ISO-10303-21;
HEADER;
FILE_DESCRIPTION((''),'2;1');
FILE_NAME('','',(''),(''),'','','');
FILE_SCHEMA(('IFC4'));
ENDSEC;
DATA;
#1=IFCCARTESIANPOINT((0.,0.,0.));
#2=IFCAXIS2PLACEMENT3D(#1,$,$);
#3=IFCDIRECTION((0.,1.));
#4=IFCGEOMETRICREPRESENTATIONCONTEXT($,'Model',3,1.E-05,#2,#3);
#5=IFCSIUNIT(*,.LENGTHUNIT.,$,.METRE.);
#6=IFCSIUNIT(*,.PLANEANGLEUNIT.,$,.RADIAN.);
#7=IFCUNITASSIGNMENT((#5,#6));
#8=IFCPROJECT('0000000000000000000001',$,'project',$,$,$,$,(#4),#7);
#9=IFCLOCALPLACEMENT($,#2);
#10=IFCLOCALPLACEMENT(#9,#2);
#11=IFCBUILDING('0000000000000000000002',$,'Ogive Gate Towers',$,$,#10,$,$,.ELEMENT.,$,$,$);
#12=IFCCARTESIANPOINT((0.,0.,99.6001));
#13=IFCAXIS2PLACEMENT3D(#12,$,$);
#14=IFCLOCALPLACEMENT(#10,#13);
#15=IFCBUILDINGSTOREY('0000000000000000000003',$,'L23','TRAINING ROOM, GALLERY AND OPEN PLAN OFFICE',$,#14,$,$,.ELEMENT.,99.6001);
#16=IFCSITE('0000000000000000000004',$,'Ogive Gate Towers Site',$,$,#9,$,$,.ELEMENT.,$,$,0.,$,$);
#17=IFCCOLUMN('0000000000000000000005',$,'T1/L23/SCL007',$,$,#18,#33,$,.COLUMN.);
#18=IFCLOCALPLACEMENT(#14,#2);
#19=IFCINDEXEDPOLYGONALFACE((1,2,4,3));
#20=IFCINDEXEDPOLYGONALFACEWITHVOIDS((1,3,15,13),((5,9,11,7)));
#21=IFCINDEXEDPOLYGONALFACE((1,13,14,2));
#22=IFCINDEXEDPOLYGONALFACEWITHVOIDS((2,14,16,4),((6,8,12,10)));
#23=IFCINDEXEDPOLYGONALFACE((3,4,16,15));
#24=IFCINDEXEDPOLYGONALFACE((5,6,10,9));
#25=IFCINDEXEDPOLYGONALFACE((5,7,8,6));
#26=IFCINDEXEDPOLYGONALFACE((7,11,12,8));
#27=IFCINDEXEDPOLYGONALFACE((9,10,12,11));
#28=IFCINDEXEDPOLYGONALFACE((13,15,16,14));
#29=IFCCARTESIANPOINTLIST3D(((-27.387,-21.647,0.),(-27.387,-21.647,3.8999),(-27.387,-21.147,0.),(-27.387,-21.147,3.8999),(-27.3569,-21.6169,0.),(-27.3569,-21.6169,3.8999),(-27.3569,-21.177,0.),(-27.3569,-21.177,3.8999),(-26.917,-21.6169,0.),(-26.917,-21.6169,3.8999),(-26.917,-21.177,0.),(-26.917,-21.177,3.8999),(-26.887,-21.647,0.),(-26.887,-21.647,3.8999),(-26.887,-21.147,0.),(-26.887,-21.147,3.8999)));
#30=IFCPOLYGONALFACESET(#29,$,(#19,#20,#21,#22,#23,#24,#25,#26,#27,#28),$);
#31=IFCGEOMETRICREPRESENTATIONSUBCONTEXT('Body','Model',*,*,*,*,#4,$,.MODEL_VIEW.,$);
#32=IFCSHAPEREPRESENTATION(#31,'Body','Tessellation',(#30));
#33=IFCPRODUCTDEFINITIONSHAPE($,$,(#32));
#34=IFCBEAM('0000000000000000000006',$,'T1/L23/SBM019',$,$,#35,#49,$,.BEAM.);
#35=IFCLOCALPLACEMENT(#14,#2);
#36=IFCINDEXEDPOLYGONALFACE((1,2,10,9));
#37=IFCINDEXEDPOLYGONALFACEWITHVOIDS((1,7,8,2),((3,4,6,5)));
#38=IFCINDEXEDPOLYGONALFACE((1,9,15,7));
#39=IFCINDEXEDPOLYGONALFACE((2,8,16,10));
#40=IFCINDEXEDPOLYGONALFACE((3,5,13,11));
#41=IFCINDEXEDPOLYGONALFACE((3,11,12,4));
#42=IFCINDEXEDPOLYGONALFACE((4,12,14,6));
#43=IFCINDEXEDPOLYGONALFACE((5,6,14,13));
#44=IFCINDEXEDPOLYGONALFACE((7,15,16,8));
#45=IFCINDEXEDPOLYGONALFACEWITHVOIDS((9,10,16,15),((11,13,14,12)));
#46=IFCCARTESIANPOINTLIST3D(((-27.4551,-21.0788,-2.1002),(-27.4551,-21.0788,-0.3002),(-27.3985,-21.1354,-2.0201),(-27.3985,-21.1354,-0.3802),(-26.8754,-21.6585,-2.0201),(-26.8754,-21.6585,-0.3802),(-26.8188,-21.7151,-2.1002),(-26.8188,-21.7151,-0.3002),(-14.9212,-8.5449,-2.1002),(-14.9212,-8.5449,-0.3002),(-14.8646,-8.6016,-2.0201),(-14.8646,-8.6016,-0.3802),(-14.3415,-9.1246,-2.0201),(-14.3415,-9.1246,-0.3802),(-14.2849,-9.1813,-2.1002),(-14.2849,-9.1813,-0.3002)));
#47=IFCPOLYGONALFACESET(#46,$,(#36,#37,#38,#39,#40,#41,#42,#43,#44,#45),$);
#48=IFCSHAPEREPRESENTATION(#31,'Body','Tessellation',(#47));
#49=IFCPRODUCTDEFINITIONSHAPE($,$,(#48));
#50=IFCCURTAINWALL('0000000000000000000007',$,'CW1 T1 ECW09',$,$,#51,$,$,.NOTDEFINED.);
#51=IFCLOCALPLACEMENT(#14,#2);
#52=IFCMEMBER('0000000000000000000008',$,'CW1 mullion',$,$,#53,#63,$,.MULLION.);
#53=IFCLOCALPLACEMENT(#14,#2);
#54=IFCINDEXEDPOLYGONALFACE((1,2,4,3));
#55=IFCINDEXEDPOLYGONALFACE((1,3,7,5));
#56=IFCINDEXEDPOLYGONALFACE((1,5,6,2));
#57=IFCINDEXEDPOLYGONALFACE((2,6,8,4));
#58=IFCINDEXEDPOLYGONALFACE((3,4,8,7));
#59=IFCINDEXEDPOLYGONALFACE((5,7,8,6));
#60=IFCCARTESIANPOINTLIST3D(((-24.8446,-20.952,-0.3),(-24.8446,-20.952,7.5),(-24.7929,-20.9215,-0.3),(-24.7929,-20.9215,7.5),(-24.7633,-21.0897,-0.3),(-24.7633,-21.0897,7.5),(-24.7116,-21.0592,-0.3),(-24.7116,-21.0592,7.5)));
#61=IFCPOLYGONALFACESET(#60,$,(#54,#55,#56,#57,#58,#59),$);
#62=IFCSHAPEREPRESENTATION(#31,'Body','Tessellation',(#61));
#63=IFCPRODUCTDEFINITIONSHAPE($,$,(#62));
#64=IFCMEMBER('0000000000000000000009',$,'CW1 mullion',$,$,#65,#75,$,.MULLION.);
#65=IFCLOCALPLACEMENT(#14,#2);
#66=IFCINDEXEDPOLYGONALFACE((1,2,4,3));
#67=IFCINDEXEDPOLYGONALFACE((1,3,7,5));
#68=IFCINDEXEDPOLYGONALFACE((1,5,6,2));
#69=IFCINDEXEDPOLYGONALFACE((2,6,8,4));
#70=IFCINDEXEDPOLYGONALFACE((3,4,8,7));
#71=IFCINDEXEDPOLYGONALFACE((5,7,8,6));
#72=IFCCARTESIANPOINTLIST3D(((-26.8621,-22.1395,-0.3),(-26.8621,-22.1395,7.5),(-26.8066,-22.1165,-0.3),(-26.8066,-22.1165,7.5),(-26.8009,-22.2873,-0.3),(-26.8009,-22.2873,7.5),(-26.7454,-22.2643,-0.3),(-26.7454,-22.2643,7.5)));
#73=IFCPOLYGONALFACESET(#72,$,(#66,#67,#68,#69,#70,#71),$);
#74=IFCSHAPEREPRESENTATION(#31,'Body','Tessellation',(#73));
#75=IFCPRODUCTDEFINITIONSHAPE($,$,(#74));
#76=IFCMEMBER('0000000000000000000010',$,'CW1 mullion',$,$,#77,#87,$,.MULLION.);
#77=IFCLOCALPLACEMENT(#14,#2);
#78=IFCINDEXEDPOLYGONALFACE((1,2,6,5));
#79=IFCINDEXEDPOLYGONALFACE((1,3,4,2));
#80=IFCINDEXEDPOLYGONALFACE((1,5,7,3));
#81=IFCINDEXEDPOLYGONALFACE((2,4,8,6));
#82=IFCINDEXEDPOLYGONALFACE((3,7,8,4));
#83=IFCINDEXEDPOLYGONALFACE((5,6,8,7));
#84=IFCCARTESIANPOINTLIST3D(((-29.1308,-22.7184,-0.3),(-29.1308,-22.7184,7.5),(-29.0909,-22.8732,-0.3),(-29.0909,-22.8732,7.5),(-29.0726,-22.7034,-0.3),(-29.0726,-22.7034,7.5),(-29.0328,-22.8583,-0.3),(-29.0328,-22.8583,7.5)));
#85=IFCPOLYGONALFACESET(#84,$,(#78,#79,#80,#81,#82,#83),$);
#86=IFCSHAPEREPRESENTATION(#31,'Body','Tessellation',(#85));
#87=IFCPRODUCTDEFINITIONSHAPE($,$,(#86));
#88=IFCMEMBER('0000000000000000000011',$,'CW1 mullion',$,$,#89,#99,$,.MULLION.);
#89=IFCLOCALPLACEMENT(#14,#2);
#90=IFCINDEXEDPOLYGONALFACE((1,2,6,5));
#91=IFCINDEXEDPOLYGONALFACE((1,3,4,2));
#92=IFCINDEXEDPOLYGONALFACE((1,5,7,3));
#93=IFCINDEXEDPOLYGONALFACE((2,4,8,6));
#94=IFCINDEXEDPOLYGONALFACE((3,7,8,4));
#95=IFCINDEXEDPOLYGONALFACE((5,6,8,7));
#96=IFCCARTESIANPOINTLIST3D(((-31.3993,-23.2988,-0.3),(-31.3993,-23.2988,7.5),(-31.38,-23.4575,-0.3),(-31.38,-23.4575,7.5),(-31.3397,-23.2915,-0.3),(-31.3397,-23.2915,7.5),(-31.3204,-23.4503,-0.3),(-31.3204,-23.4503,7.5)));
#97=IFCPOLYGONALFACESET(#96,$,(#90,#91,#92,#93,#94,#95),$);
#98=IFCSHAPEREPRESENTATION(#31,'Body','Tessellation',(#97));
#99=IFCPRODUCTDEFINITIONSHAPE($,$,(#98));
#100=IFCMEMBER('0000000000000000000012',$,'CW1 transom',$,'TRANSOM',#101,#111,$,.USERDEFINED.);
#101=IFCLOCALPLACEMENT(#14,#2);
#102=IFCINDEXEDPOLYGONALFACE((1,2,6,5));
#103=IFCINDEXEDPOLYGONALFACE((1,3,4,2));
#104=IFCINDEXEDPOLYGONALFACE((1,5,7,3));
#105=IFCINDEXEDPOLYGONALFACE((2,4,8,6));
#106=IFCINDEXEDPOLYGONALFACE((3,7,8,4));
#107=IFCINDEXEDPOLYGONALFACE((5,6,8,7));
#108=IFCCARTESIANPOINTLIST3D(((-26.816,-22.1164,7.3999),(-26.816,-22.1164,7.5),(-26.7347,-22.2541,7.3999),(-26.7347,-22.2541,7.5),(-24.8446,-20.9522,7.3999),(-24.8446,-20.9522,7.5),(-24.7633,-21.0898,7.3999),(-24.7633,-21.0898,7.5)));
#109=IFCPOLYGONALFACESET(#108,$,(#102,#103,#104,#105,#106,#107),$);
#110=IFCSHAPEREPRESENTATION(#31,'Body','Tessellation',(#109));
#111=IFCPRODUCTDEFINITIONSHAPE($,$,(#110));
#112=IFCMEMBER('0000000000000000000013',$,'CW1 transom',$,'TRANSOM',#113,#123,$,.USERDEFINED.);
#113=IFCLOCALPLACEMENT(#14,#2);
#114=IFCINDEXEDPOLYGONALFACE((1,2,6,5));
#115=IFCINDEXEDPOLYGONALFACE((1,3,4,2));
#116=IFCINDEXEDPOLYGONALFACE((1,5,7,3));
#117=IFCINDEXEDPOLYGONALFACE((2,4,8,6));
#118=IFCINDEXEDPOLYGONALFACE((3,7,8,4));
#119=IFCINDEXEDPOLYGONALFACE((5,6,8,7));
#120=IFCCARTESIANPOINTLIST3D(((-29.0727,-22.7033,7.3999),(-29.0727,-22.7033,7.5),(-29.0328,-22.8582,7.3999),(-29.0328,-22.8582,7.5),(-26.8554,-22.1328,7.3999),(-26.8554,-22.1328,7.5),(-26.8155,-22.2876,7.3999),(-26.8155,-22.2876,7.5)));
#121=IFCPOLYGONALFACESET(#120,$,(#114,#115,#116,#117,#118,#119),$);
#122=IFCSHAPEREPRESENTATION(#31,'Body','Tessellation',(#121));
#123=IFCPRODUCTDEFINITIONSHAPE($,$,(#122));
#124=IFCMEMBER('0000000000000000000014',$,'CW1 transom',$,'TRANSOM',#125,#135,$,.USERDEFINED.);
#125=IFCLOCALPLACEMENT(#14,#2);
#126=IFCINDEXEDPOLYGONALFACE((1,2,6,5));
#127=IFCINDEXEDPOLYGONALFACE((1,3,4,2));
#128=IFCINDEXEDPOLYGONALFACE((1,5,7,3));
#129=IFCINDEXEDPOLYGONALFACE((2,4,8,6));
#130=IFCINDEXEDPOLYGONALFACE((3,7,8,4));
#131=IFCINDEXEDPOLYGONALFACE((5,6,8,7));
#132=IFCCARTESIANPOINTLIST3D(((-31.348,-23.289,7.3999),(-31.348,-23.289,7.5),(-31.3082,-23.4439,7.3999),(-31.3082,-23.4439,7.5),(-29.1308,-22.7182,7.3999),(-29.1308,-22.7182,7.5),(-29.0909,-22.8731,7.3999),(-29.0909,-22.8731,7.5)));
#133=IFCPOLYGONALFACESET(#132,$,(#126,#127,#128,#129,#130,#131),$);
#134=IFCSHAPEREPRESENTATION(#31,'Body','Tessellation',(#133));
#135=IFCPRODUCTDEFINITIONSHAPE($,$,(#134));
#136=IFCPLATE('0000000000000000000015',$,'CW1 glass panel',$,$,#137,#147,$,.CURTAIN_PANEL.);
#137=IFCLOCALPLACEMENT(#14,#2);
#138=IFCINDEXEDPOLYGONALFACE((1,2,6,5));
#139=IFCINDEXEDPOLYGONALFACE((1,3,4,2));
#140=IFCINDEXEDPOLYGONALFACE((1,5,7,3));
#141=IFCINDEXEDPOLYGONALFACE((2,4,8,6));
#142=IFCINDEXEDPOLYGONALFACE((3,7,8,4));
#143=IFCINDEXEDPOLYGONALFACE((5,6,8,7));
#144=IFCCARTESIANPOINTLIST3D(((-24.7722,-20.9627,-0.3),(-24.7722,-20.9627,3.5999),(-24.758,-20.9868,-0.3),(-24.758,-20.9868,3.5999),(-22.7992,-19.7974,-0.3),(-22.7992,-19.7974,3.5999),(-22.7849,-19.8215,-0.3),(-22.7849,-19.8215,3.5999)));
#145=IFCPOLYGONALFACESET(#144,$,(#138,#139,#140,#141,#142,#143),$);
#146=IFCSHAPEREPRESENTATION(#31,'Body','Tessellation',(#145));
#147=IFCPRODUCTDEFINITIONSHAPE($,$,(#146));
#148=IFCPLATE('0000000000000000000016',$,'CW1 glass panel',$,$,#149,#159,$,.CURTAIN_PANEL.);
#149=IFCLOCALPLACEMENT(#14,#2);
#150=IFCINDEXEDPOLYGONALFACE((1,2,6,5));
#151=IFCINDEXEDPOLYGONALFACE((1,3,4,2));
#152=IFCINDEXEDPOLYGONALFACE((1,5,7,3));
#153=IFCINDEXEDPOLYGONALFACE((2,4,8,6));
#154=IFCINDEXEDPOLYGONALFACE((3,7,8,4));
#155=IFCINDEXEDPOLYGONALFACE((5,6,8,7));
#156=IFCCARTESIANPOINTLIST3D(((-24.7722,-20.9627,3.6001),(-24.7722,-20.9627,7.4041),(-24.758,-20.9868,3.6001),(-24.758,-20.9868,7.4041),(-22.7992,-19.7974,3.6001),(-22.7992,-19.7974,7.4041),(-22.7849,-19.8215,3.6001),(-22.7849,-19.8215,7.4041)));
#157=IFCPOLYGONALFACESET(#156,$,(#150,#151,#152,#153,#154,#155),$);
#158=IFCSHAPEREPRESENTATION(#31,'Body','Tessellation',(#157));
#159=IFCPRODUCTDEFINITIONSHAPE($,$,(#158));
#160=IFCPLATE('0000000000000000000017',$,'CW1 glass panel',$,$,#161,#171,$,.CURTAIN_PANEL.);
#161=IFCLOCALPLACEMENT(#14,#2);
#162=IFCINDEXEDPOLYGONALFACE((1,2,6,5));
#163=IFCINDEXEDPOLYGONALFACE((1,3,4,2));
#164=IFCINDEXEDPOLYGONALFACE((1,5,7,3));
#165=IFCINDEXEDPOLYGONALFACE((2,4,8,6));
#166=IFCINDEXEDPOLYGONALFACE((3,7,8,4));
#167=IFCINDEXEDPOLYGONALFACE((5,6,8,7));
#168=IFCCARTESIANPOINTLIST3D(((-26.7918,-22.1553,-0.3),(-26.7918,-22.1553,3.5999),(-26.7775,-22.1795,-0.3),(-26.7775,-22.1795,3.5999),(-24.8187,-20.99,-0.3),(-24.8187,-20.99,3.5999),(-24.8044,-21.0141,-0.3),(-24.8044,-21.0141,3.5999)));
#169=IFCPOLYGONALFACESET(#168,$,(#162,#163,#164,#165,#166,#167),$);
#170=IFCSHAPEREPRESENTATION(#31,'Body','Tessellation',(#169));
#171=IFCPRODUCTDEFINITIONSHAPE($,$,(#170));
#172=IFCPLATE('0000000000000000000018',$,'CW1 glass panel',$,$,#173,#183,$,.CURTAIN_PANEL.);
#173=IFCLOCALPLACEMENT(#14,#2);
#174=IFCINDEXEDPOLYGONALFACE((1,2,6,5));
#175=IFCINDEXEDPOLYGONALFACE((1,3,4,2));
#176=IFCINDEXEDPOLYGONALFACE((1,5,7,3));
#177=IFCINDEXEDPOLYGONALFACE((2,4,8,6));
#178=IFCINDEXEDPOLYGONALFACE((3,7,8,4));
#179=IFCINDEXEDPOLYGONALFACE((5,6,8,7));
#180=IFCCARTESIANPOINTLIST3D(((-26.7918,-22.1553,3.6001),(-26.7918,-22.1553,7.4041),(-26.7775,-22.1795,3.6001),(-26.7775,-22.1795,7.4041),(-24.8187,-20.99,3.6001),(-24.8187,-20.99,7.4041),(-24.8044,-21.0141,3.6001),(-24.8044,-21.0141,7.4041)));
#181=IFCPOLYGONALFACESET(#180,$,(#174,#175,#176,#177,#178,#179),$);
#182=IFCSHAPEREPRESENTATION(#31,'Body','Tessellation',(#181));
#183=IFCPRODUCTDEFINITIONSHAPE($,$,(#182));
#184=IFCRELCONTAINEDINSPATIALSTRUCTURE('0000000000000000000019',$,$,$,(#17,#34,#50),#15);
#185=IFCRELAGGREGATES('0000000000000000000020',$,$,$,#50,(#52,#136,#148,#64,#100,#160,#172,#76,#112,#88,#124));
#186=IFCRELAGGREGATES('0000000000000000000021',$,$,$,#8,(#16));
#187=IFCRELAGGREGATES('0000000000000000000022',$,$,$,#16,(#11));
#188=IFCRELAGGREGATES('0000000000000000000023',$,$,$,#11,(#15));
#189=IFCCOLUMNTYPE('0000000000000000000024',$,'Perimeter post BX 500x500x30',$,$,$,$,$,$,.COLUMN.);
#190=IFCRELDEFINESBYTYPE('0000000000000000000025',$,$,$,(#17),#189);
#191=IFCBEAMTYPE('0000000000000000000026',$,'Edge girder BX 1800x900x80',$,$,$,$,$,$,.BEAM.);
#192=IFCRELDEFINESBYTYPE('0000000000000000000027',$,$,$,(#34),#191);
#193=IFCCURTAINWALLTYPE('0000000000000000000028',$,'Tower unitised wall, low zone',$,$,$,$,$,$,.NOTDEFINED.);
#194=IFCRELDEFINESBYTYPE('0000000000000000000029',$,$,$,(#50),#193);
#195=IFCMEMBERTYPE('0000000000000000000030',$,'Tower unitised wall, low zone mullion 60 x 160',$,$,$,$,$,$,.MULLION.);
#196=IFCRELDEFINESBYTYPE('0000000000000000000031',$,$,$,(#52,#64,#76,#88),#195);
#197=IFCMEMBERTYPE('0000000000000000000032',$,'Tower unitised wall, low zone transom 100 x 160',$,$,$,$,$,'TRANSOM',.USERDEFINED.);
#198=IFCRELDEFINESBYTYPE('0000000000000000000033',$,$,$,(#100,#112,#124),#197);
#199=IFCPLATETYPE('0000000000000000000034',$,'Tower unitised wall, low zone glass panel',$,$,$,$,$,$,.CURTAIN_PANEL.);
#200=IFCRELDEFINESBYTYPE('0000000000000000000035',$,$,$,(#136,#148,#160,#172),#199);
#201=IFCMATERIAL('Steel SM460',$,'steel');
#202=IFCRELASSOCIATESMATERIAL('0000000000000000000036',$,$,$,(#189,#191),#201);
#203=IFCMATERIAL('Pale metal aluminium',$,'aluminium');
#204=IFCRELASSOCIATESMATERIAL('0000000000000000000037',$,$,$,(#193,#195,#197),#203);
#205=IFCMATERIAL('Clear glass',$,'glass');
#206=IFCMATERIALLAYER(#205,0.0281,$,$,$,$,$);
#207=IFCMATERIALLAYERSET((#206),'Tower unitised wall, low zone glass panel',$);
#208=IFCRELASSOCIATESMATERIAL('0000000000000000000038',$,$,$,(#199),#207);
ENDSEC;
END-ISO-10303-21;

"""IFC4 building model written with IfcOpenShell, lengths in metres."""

from ifc_helpers import new_model, si_unit, direction, frame, origin, origin_2d, place, context, subcontext, project, spatial, rectangle, hollow_rectangle, extrude, material, layer, layer_set, material_profile, profile_set, type_object, element, aggregate, save


model = new_model("IFC4")

# Units and contexts
model_context = context("Model", 3, precision=1e-05, world=origin(), true_north=direction((0.0, 1.0)))
body_context = subcontext(model_context, "Body", "Model", "MODEL_VIEW")
ifc_project = project(units=[si_unit("LENGTHUNIT", "METRE"), si_unit("PLANEANGLEUNIT", "RADIAN")], contexts=[model_context])

# Site, building, storey
site_placement = place(None, origin())
site = spatial("IfcSite", under=ifc_project, at=site_placement, Name="Ogive Gate Towers Site", CompositionType="ELEMENT", RefElevation=0.0)
building_placement = place(site_placement, origin())
building = spatial("IfcBuilding", under=site, at=building_placement, Name="Ogive Gate Towers", CompositionType="ELEMENT")
storey_placement = place(building_placement, frame((0.0, 0.0, 99.6001)))
storey = spatial("IfcBuildingStorey", under=building, at=storey_placement, Name="L23", Description="TRAINING ROOM, GALLERY AND OPEN PLAN OFFICE", CompositionType="ELEMENT", Elevation=99.6001)

# Column
ifc_material_1 = material(Name="Steel SM460", Category="steel")
ifc_material_profile_1 = material_profile(ifc_material_1, hollow_rectangle(XDim=0.5, YDim=0.5, WallThickness=0.03, at=origin_2d()), Name="BX 500x500x30")
ifc_profile_set_1 = profile_set([ifc_material_profile_1], Name="Steel SM460")
column_type = type_object("IfcColumnType", Name="Perimeter post BX 500x500x30", PredefinedType="COLUMN", material=ifc_profile_set_1)
column_placement = place(storey_placement, frame((-27.137, -21.397, 0.0), z_axis=(0.0, 0.0, 1.0), x_axis=(1.0, 0.0, 0.0)))
element("IfcColumn", 1, at=column_placement, inside=storey, type_object=column_type, Name="T1/L23/SCL007", PredefinedType="COLUMN", context=body_context, shape_type="SweptSolid", body=[
    extrude(hollow_rectangle(XDim=0.5, YDim=0.5, WallThickness=0.03, at=origin_2d()), origin(), (0.0, 0.0, 1.0), 3.8999),
])

# Beam
ifc_material_profile_2 = material_profile(ifc_material_1, hollow_rectangle(XDim=0.8999, YDim=1.8, WallThickness=0.0801, at=origin_2d()), Name="BX 1800x900x80")
ifc_profile_set_2 = profile_set([ifc_material_profile_2], Name="Steel SM460")
beam_type = type_object("IfcBeamType", Name="Edge girder BX 1800x900x80", PredefinedType="BEAM", material=ifc_profile_set_2)
beam_placement = place(storey_placement, frame((-27.137, -21.397, -1.2002), z_axis=(0.707107, 0.707107, 0.0), x_axis=(-0.707107, 0.707107, 0.0)))
element("IfcBeam", 2, at=beam_placement, inside=storey, type_object=beam_type, Name="T1/L23/SBM019", PredefinedType="BEAM", context=body_context, shape_type="SweptSolid", body=[
    extrude(hollow_rectangle(XDim=0.8999, YDim=1.8, WallThickness=0.0801, at=origin_2d()), origin(), (0.0, 0.0, 1.0), 17.7256),
])

# Curtain wall, members, plates
ifc_material_2 = material(Name="Pale metal aluminium", Category="aluminium")
curtain_wall_type = type_object("IfcCurtainWallType", Name="Tower unitised wall, low zone", PredefinedType="NOTDEFINED", material=ifc_material_2)
curtain_wall_placement = place(storey_placement, origin())
curtain_wall = element("IfcCurtainWall", 3, at=curtain_wall_placement, inside=storey, type_object=curtain_wall_type, Name="CW1 T1 ECW09", PredefinedType="NOTDEFINED")
ifc_material_profile_3 = material_profile(ifc_material_2, rectangle(XDim=0.1599, YDim=0.0601, at=origin_2d()), Name="60 x 160 aluminium box")
ifc_profile_set_3 = profile_set([ifc_material_profile_3], Name="Pale metal aluminium")
member_type_1 = type_object("IfcMemberType", Name="Tower unitised wall, low zone mullion 60 x 160", PredefinedType="MULLION", material=ifc_profile_set_3)
member_1_placement = place(storey_placement, frame((-24.7781, -21.0056, -0.3), z_axis=(0.0, 0.0, 1.0), x_axis=(-0.508546, 0.861035, 0.0)))
member_1 = element("IfcMember", 4, at=member_1_placement, type_object=member_type_1, Name="CW1 mullion", PredefinedType="MULLION", context=body_context, shape_type="SweptSolid", body=[
    extrude(rectangle(XDim=0.1599, YDim=0.0601, at=origin_2d()), origin(), (0.0, 0.0, 1.0), 7.8),
])
member_2_placement = place(storey_placement, frame((-26.8037, -22.2019, -0.3), z_axis=(0.0, 0.0, 1.0), x_axis=(-0.382683, 0.92388, 0.0)))
member_2 = element("IfcMember", 5, at=member_2_placement, type_object=member_type_1, Name="CW1 mullion", PredefinedType="MULLION", context=body_context, shape_type="SweptSolid", body=[
    extrude(rectangle(XDim=0.1599, YDim=0.0601, at=origin_2d()), origin(), (0.0, 0.0, 1.0), 7.8),
])
member_3_placement = place(storey_placement, frame((-29.0818, -22.7883, -0.3), z_axis=(0.0, 0.0, 1.0), x_axis=(-0.249248, 0.96844, 0.0)))
member_3 = element("IfcMember", 6, at=member_3_placement, type_object=member_type_1, Name="CW1 mullion", PredefinedType="MULLION", context=body_context, shape_type="SweptSolid", body=[
    extrude(rectangle(XDim=0.1599, YDim=0.0601, at=origin_2d()), origin(), (0.0, 0.0, 1.0), 7.8),
])
member_4_placement = place(storey_placement, frame((-31.3599, -23.3745, -0.3), z_axis=(0.0, 0.0, 1.0), x_axis=(-0.120865, 0.992669, 0.0)))
member_4 = element("IfcMember", 7, at=member_4_placement, type_object=member_type_1, Name="CW1 mullion", PredefinedType="MULLION", context=body_context, shape_type="SweptSolid", body=[
    extrude(rectangle(XDim=0.1599, YDim=0.0601, at=origin_2d()), origin(), (0.0, 0.0, 1.0), 7.8),
])
ifc_material_profile_4 = material_profile(ifc_material_2, rectangle(XDim=0.1599, YDim=0.1001, at=origin_2d()), Name="100 x 160 aluminium box")
ifc_profile_set_4 = profile_set([ifc_material_profile_4], Name="Pale metal aluminium")
member_type_2 = type_object("IfcMemberType", Name="Tower unitised wall, low zone transom 100 x 160", ElementType="TRANSOM", PredefinedType="USERDEFINED", material=ifc_profile_set_4)
member_5_placement = place(storey_placement, frame((-24.804, -21.021, 7.45), z_axis=(-0.861048, -0.508525, 0.0), x_axis=(0.508525, -0.861048, 0.0)))
member_5 = element("IfcMember", 8, at=member_5_placement, type_object=member_type_2, Name="CW1 transom", ObjectType="TRANSOM", PredefinedType="USERDEFINED", context=body_context, shape_type="SweptSolid", body=[
    extrude(rectangle(XDim=0.1599, YDim=0.1001, at=origin_2d()), origin(), (0.0, 0.0, 1.0), 2.2896),
])
member_6_placement = place(storey_placement, frame((-26.8354, -22.2102, 7.45), z_axis=(-0.968451, -0.249204, 0.0), x_axis=(0.249204, -0.968451, 0.0)))
member_6 = element("IfcMember", 9, at=member_6_placement, type_object=member_type_2, Name="CW1 transom", ObjectType="TRANSOM", PredefinedType="USERDEFINED", context=body_context, shape_type="SweptSolid", body=[
    extrude(rectangle(XDim=0.1599, YDim=0.1001, at=origin_2d()), origin(), (0.0, 0.0, 1.0), 2.2896),
])
member_7_placement = place(storey_placement, frame((-29.1108, -22.7957, 7.45), z_axis=(-0.968425, -0.249304, 0.0), x_axis=(0.249304, -0.968425, 0.0)))
member_7 = element("IfcMember", 10, at=member_7_placement, type_object=member_type_2, Name="CW1 transom", ObjectType="TRANSOM", PredefinedType="USERDEFINED", context=body_context, shape_type="SweptSolid", body=[
    extrude(rectangle(XDim=0.1599, YDim=0.1001, at=origin_2d()), origin(), (0.0, 0.0, 1.0), 2.2896),
])
ifc_material_3 = material(Name="Clear glass", Category="glass")
ifc_layer_1 = layer(ifc_material_3, 0.0281)
ifc_layer_set_1 = layer_set([ifc_layer_1], Name="Tower unitised wall, low zone glass panel")
plate_type = type_object("IfcPlateType", Name="Tower unitised wall, low zone glass panel", PredefinedType="CURTAIN_PANEL", material=ifc_layer_set_1)
plate_1_placement = place(storey_placement, frame((-23.7786, -20.3921, -0.3), z_axis=(0.0, 0.0, 1.0), x_axis=(-0.861044, -0.508531, 0.0)))
plate_1 = element("IfcPlate", 11, at=plate_1_placement, type_object=plate_type, Name="CW1 glass panel", PredefinedType="CURTAIN_PANEL", context=body_context, shape_type="SweptSolid", body=[
    extrude(rectangle(XDim=2.2915, YDim=0.0281, at=origin_2d()), origin(), (0.0, 0.0, 1.0), 3.8999),
])
plate_2_placement = place(storey_placement, frame((-23.7786, -20.3921, 3.6001), z_axis=(0.0, 0.0, 1.0), x_axis=(-0.861044, -0.508531, 0.0)))
plate_2 = element("IfcPlate", 12, at=plate_2_placement, type_object=plate_type, Name="CW1 glass panel", PredefinedType="CURTAIN_PANEL", context=body_context, shape_type="SweptSolid", body=[
    extrude(rectangle(XDim=2.2915, YDim=0.0281, at=origin_2d()), origin(), (0.0, 0.0, 1.0), 3.804),
])
plate_3_placement = place(storey_placement, frame((-25.7981, -21.5847, -0.3), z_axis=(0.0, 0.0, 1.0), x_axis=(-0.861035, -0.508546, 0.0)))
plate_3 = element("IfcPlate", 13, at=plate_3_placement, type_object=plate_type, Name="CW1 glass panel", PredefinedType="CURTAIN_PANEL", context=body_context, shape_type="SweptSolid", body=[
    extrude(rectangle(XDim=2.2915, YDim=0.0281, at=origin_2d()), origin(), (0.0, 0.0, 1.0), 3.8999),
])
plate_4_placement = place(storey_placement, frame((-25.7981, -21.5847, 3.6001), z_axis=(0.0, 0.0, 1.0), x_axis=(-0.861035, -0.508546, 0.0)))
plate_4 = element("IfcPlate", 14, at=plate_4_placement, type_object=plate_type, Name="CW1 glass panel", PredefinedType="CURTAIN_PANEL", context=body_context, shape_type="SweptSolid", body=[
    extrude(rectangle(XDim=2.2915, YDim=0.0281, at=origin_2d()), origin(), (0.0, 0.0, 1.0), 3.804),
])
aggregate(curtain_wall, [member_1, plate_1, plate_2, member_2, member_5, plate_3, plate_4, member_3, member_6, member_4, member_7])

save(model, "model.ifc")
